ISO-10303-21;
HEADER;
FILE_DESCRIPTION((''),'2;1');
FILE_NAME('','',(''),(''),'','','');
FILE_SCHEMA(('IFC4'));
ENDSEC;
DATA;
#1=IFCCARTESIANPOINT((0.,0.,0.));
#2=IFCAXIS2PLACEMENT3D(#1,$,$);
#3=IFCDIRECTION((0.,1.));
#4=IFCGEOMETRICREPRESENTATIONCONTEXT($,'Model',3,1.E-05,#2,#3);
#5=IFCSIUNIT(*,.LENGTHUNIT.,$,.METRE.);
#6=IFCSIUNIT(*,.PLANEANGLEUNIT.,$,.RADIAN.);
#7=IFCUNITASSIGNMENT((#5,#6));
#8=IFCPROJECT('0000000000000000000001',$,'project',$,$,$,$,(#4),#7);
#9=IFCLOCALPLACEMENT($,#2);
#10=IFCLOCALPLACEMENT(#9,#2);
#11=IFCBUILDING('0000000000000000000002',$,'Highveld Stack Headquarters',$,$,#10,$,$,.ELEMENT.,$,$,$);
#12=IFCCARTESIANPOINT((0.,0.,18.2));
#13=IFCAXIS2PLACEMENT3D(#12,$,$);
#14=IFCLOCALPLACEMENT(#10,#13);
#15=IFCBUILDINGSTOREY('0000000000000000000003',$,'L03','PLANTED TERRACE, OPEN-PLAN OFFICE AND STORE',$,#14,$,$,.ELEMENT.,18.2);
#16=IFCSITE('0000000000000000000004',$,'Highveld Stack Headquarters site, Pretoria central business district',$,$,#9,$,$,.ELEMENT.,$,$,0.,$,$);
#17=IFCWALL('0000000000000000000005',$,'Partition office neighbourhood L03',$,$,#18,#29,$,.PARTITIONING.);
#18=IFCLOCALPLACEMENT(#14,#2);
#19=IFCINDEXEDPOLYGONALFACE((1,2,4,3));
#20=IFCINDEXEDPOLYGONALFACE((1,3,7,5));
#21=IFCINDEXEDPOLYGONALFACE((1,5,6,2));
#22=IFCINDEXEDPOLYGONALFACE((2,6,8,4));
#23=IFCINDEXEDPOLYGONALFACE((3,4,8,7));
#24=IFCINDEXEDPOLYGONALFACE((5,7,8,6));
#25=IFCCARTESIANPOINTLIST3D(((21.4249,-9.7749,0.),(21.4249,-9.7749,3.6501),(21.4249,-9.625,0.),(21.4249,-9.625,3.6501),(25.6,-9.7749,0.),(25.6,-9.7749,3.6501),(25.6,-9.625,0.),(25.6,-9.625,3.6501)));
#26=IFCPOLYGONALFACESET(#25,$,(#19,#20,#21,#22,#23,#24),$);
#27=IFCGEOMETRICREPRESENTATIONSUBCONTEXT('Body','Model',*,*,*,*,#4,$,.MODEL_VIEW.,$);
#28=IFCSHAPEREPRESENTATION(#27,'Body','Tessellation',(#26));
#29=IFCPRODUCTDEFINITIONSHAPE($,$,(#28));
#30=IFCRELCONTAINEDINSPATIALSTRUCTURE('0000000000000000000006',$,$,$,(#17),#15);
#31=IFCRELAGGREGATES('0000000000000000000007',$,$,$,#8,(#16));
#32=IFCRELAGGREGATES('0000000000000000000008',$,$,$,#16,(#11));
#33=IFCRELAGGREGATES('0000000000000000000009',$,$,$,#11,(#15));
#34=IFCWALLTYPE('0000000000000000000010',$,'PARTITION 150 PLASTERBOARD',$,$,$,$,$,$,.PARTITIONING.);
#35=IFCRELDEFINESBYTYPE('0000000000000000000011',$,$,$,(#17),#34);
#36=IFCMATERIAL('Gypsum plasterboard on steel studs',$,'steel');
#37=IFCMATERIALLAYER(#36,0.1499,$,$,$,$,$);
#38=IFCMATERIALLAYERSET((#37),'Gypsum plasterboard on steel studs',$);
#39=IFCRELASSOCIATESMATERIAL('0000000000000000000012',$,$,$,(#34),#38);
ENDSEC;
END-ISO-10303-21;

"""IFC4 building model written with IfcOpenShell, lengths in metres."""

from ifc_helpers import new_model, si_unit, direction, frame, frame_2d, origin, place, context, subcontext, project, spatial, rectangle, extrude, material, layer, layer_set, type_object, element, save


model = new_model("IFC4")

# Units and contexts
model_context = context("Model", 3, precision=1e-05, world=origin(), true_north=direction((0.0, 1.0)))
body_context = subcontext(model_context, "Body", "Model", "MODEL_VIEW")
ifc_project = project(units=[si_unit("LENGTHUNIT", "METRE"), si_unit("PLANEANGLEUNIT", "RADIAN")], contexts=[model_context])

# Site, building, storey
site_placement = place(None, origin())
site = spatial("IfcSite", under=ifc_project, at=site_placement, Name="Highveld Stack Headquarters site, Pretoria central business district", CompositionType="ELEMENT", RefElevation=0.0)
building_placement = place(site_placement, origin())
building = spatial("IfcBuilding", under=site, at=building_placement, Name="Highveld Stack Headquarters", CompositionType="ELEMENT")
storey_placement = place(building_placement, frame((0.0, 0.0, 18.2)))
storey = spatial("IfcBuildingStorey", under=building, at=storey_placement, Name="L03", Description="PLANTED TERRACE, OPEN-PLAN OFFICE AND STORE", CompositionType="ELEMENT", Elevation=18.2)

# Shared definitions
ifc_material_1 = material(Name="Gypsum plasterboard on steel studs", Category="steel")
ifc_layer_1 = layer(ifc_material_1, 0.1499)
ifc_layer_set_1 = layer_set([ifc_layer_1], Name="Gypsum plasterboard on steel studs")
wall_type_1 = type_object("IfcWallType", Name="PARTITION 150 PLASTERBOARD", PredefinedType="PARTITIONING", material=ifc_layer_set_1)

# Wall
wall_1_placement = place(storey_placement, frame((21.425, -9.7, 0.0), z_axis=(0.0, 0.0, 1.0), x_axis=(1.0, 0.0, 0.0)))
element("IfcWall", 1, at=wall_1_placement, inside=storey, type_object=wall_type_1, Name="Partition office neighbourhood L03", PredefinedType="PARTITIONING", context=body_context, shape_type="SweptSolid", body=[
    extrude(rectangle(XDim=4.175, YDim=0.1499, at=frame_2d((2.0874, 0.0))), origin(), (0.0, 0.0, 1.0), 3.6501),
])

save(model, "model.ifc")
